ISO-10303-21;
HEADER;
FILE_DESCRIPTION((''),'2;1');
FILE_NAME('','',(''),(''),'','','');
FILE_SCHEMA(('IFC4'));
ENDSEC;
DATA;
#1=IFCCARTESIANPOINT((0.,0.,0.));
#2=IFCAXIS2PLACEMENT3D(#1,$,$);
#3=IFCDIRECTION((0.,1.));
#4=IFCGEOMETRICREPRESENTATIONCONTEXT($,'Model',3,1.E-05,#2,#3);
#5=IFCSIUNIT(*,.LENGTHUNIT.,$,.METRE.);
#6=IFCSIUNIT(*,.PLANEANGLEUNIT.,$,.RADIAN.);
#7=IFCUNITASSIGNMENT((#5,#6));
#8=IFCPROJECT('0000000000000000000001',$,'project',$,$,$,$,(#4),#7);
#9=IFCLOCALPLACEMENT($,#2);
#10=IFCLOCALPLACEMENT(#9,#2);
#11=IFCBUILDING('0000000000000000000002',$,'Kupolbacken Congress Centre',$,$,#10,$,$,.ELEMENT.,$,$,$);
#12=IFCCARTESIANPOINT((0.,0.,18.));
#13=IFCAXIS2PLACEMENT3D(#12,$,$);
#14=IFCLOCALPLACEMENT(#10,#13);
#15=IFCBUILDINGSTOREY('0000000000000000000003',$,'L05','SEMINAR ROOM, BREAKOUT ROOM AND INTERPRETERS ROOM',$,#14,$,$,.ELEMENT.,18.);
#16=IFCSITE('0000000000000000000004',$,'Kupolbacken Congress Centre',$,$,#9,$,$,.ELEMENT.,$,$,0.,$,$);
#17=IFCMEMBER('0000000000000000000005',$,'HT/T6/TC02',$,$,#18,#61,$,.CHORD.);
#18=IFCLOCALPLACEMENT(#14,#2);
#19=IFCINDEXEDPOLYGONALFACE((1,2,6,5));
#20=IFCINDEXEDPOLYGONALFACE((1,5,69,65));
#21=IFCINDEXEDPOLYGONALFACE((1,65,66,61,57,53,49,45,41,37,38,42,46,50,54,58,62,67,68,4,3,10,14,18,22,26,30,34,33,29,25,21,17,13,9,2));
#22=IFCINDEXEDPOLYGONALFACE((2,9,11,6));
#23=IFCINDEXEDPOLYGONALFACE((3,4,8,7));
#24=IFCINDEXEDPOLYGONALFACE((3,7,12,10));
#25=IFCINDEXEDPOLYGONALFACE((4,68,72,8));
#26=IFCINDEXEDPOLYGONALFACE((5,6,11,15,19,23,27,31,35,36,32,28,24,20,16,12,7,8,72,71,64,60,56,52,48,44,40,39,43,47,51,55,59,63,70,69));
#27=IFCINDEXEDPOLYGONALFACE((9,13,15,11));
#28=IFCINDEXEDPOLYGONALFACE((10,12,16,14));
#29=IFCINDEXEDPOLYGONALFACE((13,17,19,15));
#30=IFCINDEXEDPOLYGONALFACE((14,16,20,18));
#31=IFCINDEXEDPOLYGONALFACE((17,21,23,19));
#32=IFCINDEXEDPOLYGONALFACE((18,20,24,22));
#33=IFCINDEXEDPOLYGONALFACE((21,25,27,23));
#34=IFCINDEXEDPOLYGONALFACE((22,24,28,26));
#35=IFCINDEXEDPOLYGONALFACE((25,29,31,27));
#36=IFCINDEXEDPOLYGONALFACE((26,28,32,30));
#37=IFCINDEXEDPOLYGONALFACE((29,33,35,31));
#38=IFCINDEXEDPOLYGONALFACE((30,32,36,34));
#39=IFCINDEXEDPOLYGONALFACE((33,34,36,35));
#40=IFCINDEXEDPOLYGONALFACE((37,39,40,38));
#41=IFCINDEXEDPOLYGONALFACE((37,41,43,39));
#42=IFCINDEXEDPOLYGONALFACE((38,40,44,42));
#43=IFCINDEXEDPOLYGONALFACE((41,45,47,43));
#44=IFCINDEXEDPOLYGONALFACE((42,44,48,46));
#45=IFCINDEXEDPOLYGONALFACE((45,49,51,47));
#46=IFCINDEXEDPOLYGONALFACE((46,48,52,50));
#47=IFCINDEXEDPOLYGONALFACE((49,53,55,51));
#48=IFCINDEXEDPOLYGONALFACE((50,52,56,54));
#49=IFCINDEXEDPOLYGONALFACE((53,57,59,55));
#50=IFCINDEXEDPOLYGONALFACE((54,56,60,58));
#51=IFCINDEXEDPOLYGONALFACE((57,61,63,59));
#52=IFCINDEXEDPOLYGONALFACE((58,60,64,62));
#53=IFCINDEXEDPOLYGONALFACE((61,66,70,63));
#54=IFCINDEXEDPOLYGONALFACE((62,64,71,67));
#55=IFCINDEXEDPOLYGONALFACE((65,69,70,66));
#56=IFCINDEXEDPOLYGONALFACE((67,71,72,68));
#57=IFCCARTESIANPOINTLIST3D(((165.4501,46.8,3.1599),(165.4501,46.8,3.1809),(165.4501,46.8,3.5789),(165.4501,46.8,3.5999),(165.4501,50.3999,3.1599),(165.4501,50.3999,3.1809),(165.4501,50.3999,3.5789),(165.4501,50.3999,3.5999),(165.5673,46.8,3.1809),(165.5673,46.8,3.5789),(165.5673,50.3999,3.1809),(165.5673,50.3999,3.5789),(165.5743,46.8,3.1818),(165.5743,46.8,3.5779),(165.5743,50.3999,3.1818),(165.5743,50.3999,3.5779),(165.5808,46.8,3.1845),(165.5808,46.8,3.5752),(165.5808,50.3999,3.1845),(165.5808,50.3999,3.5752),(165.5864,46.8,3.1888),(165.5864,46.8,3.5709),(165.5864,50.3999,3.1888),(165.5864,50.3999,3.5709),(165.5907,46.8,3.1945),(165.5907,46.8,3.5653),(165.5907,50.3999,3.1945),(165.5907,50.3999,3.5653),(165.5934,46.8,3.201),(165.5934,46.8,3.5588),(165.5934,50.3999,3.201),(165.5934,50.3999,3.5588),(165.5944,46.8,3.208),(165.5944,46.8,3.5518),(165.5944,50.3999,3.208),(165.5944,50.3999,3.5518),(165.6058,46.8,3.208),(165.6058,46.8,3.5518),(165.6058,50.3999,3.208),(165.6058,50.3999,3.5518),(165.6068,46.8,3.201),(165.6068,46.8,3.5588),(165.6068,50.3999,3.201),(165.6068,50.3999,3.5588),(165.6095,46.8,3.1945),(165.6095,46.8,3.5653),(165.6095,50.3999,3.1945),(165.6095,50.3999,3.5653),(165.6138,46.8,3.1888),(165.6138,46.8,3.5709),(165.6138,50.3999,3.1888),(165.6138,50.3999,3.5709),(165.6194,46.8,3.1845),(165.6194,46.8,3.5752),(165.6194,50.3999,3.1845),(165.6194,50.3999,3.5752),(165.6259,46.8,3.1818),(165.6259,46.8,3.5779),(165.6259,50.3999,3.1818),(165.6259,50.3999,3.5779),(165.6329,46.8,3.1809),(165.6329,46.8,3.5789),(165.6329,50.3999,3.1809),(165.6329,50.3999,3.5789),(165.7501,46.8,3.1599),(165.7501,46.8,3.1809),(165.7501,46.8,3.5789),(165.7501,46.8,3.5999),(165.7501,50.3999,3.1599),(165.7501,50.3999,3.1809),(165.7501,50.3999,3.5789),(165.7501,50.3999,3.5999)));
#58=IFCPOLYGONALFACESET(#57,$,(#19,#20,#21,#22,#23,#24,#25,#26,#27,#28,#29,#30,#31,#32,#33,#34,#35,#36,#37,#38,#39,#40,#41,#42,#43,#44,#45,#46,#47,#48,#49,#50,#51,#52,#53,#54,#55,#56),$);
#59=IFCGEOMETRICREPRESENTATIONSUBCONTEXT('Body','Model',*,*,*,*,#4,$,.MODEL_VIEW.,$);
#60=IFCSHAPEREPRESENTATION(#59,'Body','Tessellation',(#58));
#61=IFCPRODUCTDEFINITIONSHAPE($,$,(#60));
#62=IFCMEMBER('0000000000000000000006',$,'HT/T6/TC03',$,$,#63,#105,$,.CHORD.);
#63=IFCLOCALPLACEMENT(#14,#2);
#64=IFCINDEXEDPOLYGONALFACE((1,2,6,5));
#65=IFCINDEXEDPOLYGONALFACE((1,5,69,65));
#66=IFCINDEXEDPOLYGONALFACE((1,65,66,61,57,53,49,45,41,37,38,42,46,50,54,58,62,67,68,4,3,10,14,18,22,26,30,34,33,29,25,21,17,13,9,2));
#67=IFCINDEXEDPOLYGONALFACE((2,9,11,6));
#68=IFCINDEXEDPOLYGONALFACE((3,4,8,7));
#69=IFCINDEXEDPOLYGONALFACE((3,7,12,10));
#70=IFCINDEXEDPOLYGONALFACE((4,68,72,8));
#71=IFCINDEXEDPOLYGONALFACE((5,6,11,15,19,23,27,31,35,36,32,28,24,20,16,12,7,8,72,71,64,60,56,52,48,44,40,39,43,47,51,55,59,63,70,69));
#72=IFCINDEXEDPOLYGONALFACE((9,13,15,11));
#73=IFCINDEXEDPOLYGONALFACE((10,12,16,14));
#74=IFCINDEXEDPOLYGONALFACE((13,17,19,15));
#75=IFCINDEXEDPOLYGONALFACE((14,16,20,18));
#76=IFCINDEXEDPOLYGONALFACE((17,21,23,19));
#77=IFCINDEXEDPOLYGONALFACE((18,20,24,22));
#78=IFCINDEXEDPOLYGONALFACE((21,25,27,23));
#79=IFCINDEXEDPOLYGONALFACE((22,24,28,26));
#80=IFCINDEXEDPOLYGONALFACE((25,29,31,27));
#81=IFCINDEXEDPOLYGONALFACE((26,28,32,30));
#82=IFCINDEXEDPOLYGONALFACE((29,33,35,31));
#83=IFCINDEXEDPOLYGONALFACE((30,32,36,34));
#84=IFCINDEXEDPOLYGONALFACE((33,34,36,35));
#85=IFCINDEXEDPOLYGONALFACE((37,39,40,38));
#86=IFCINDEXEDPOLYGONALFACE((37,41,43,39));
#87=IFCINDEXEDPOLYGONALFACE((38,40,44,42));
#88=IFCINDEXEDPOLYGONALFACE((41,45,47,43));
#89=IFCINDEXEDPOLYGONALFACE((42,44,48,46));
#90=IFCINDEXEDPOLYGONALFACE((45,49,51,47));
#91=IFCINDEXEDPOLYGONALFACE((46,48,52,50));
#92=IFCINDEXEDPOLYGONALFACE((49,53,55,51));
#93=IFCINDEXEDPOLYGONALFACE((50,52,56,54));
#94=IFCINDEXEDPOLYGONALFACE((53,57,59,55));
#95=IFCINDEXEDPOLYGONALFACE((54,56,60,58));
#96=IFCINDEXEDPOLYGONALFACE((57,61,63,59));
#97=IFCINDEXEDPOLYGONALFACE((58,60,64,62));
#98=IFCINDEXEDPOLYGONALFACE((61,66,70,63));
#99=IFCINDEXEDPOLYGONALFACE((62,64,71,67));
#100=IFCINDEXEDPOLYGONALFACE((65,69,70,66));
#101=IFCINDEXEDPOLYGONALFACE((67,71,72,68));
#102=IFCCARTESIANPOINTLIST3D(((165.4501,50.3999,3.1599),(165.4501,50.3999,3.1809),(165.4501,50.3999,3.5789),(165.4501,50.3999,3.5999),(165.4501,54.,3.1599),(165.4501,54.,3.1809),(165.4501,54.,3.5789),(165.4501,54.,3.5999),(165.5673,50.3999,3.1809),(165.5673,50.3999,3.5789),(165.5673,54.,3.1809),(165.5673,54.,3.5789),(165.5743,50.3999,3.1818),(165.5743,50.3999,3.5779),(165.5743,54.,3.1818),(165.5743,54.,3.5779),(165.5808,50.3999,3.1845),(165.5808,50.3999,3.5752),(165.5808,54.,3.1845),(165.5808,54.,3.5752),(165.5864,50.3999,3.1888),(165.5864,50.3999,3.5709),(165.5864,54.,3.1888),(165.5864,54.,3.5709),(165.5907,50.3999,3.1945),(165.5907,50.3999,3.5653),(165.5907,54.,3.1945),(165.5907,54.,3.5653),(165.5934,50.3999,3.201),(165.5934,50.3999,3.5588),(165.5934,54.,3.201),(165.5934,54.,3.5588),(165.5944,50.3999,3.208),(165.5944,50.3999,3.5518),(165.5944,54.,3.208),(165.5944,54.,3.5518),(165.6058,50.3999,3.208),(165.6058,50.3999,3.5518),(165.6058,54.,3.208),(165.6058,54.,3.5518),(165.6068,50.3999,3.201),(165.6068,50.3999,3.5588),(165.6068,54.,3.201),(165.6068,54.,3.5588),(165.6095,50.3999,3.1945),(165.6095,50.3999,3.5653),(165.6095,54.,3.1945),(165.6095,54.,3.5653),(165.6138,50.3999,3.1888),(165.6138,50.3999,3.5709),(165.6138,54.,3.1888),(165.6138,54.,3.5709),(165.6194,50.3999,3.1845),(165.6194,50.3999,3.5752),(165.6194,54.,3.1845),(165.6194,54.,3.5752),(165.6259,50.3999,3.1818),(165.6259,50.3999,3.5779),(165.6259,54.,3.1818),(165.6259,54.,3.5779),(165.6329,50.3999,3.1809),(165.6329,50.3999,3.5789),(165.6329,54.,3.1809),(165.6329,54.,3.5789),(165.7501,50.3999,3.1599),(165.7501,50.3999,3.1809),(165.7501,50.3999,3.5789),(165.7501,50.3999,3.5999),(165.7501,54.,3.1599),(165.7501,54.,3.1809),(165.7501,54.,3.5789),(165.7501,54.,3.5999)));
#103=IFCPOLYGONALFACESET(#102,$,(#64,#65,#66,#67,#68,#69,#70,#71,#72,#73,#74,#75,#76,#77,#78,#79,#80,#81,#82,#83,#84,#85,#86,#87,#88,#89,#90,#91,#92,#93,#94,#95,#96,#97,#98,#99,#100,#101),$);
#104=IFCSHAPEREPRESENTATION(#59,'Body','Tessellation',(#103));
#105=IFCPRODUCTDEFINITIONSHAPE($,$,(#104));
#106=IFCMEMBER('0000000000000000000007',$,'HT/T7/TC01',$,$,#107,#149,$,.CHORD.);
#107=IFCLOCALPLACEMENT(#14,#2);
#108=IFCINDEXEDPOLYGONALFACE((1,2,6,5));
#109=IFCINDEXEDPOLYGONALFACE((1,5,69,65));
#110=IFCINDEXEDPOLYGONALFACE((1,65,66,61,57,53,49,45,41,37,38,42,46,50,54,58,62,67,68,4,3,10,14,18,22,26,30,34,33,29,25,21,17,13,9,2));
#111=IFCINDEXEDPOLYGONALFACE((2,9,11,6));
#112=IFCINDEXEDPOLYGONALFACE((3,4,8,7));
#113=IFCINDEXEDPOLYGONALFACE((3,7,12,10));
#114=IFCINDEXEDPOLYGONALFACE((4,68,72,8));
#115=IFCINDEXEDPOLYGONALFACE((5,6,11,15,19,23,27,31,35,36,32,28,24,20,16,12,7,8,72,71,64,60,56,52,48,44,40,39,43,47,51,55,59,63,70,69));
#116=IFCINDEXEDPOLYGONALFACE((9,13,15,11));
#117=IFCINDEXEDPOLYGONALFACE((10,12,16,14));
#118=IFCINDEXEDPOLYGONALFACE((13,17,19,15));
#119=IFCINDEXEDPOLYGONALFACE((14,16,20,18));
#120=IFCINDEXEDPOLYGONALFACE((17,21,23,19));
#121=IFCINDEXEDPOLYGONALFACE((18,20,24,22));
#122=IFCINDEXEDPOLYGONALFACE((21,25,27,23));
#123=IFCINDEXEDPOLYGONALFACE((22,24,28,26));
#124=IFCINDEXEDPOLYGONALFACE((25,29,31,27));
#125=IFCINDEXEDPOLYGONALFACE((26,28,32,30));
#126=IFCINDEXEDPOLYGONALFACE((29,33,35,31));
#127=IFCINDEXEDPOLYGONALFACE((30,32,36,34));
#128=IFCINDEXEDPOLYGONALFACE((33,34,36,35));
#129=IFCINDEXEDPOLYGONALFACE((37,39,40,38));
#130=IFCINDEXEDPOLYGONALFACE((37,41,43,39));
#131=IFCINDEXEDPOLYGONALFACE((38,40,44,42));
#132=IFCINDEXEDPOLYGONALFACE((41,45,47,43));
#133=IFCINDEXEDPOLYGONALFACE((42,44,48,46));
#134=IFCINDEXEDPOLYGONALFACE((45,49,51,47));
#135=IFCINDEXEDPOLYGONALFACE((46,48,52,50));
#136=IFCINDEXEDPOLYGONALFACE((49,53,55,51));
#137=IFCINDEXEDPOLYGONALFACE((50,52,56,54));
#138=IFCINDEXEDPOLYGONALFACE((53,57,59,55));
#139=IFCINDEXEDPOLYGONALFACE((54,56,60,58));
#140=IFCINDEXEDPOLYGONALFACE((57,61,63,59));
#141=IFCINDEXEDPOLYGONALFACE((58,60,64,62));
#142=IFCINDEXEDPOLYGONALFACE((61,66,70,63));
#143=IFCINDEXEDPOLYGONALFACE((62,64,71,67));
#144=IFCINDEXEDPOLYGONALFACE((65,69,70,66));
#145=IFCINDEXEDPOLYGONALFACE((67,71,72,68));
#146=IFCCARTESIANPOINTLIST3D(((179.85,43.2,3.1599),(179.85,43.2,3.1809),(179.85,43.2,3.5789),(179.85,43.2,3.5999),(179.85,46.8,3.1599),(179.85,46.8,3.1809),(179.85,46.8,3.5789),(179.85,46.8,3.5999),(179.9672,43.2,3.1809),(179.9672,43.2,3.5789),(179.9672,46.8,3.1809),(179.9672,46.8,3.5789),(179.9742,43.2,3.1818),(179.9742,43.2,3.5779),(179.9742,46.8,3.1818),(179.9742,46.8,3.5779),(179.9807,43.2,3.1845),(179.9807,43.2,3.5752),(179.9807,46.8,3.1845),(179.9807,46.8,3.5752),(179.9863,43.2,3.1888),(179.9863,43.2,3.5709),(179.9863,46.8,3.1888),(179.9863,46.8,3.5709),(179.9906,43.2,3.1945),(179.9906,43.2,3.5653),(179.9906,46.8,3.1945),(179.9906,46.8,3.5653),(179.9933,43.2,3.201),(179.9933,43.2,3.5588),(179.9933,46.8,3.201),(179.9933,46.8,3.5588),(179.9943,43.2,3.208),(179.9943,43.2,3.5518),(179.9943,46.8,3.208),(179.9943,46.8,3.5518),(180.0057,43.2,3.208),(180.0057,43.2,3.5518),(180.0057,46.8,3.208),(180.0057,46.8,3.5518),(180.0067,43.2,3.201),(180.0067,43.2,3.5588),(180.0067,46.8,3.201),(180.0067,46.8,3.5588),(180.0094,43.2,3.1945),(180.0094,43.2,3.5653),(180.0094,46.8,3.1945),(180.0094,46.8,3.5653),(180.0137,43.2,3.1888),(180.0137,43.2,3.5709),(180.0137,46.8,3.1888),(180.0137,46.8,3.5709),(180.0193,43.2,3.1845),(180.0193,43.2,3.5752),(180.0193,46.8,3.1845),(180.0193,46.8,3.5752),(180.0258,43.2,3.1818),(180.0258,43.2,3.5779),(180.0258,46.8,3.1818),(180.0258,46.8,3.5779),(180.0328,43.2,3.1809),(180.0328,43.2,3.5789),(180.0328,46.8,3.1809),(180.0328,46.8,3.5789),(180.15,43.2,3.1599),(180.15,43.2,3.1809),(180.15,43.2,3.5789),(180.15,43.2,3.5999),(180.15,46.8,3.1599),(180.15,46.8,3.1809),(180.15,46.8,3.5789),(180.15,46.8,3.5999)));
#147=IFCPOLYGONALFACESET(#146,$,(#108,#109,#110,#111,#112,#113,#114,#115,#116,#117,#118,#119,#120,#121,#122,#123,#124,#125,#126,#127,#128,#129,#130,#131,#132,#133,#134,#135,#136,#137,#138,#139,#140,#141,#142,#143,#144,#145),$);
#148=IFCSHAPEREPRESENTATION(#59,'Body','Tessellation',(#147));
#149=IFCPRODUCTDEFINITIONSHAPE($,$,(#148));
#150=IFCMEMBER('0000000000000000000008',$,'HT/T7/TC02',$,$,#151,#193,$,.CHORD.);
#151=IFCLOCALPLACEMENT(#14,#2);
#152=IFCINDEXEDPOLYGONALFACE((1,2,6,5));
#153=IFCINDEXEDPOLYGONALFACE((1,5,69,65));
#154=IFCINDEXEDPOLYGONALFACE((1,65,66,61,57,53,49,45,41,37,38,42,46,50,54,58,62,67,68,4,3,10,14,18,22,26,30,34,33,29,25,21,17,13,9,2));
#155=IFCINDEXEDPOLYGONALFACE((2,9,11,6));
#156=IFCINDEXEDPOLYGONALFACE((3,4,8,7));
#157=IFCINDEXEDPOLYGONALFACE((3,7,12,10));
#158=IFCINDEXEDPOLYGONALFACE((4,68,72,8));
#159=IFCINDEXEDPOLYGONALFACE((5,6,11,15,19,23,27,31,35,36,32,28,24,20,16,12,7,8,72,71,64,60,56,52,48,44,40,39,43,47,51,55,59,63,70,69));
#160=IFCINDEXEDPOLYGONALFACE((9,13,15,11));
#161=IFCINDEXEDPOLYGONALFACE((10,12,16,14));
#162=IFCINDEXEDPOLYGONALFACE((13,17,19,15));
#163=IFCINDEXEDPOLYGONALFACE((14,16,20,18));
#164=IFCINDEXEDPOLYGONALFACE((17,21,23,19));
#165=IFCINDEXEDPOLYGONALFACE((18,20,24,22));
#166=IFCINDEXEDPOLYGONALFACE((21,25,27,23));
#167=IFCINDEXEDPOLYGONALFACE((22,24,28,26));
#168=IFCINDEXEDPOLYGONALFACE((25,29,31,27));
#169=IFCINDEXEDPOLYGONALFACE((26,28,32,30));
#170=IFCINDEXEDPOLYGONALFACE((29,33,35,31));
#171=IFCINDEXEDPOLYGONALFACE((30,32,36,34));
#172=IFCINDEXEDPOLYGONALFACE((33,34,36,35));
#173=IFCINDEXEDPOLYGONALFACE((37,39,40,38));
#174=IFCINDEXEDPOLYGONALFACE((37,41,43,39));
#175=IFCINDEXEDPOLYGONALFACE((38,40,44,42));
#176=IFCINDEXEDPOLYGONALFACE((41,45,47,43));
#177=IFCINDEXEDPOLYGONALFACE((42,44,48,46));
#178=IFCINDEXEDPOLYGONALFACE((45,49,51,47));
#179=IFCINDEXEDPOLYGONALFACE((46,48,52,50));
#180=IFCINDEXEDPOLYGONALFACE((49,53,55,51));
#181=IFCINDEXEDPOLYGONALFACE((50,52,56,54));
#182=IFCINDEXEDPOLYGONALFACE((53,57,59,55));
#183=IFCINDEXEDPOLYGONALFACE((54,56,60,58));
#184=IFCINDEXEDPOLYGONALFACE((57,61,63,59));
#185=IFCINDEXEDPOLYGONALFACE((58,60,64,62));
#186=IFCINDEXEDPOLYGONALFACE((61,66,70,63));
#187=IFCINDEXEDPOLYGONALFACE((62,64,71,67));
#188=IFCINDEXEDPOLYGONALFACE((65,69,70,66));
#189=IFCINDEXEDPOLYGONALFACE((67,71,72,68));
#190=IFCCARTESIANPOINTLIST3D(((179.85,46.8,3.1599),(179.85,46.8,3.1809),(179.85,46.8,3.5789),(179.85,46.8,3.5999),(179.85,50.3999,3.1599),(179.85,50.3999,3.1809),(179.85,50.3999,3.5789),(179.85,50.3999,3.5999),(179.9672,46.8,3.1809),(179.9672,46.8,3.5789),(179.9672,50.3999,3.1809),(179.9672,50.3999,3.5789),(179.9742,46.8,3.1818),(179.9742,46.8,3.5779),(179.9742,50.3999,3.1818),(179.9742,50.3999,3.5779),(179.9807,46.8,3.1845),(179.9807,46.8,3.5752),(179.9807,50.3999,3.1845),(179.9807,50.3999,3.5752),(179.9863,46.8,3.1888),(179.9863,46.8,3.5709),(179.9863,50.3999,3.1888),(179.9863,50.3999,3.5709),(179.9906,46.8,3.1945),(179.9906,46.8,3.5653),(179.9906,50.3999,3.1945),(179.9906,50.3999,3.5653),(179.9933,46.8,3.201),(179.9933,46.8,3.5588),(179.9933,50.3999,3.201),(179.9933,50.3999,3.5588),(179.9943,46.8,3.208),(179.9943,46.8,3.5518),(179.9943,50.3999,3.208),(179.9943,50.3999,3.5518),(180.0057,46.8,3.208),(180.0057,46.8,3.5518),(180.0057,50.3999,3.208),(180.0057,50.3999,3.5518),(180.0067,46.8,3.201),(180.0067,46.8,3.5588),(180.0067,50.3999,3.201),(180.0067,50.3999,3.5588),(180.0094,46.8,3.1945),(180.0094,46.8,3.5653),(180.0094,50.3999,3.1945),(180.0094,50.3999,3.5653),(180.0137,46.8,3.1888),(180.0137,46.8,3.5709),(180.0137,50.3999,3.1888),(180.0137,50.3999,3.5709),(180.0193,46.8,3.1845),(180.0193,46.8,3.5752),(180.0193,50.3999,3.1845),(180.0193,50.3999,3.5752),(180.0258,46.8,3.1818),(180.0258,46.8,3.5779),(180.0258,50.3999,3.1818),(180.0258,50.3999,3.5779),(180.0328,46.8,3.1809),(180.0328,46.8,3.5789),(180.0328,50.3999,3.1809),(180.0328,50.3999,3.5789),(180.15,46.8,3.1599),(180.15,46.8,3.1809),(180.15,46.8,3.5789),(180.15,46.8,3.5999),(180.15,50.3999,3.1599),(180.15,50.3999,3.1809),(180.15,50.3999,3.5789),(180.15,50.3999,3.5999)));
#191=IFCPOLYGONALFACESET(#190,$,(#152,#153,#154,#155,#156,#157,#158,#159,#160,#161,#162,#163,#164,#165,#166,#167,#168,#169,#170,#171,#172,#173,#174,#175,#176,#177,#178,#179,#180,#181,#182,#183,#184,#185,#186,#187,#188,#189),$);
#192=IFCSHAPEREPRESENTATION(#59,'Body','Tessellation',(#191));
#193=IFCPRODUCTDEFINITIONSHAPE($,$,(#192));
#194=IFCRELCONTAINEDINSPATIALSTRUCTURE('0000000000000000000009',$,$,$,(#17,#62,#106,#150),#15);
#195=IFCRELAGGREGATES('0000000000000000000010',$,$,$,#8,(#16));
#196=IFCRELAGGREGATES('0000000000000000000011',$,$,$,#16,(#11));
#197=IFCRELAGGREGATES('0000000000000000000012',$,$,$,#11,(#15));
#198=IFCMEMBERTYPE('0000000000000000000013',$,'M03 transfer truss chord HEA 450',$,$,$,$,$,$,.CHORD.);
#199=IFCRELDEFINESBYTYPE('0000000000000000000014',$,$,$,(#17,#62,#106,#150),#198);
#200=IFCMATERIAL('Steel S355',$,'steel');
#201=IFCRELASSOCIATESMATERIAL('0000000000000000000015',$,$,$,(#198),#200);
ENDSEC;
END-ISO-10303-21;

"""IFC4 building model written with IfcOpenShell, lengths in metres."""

from ifc_helpers import new_model, si_unit, direction, frame, origin, origin_2d, place, context, subcontext, project, spatial, i_section, extrude, material, material_profile, profile_set, type_object, element, save


model = new_model("IFC4")

# Units and contexts
model_context = context("Model", 3, precision=1e-05, world=origin(), true_north=direction((0.0, 1.0)))
body_context = subcontext(model_context, "Body", "Model", "MODEL_VIEW")
ifc_project = project(units=[si_unit("LENGTHUNIT", "METRE"), si_unit("PLANEANGLEUNIT", "RADIAN")], contexts=[model_context])

# Site, building, storey
site_placement = place(None, origin())
site = spatial("IfcSite", under=ifc_project, at=site_placement, Name="Kupolbacken Congress Centre", CompositionType="ELEMENT", RefElevation=0.0)
building_placement = place(site_placement, origin())
building = spatial("IfcBuilding", under=site, at=building_placement, Name="Kupolbacken Congress Centre", CompositionType="ELEMENT")
storey_placement = place(building_placement, frame((0.0, 0.0, 18.0)))
storey = spatial("IfcBuildingStorey", under=building, at=storey_placement, Name="L05", Description="SEMINAR ROOM, BREAKOUT ROOM AND INTERPRETERS ROOM", CompositionType="ELEMENT", Elevation=18.0)

# Members
ifc_material_1 = material(Name="Steel S355", Category="steel")
ifc_material_profile_1 = material_profile(ifc_material_1, i_section(OverallWidth=0.3, OverallDepth=0.4399, WebThickness=0.0115, FlangeThickness=0.021, FilletRadius=0.0271, at=origin_2d()), Name="HEA 450")
ifc_profile_set_1 = profile_set([ifc_material_profile_1], Name="Steel S355")
member_type_1 = type_object("IfcMemberType", Name="M03 transfer truss chord HEA 450", PredefinedType="CHORD", material=ifc_profile_set_1)
member_1_placement = place(storey_placement, frame((165.6001, 46.8, 3.3799), z_axis=(0.0, 1.0, 0.0), x_axis=(-1.0, 0.0, 0.0)))
element("IfcMember", 1, at=member_1_placement, inside=storey, type_object=member_type_1, Name="HT/T6/TC02", PredefinedType="CHORD", context=body_context, shape_type="SweptSolid", body=[
    extrude(i_section(OverallWidth=0.3, OverallDepth=0.4399, WebThickness=0.0115, FlangeThickness=0.021, FilletRadius=0.0271, at=origin_2d()), origin(), (0.0, 0.0, 1.0), 3.5999),
])
for number, where, z_axis, x_axis, name in (
    (2, (165.6001, 50.3999, 3.3799), (0.0, 1.0, 0.0), (-1.0, 0.0, 0.0), "HT/T6/TC03"),
    (3, (180.0, 43.2, 3.3799), (0.0, 1.0, 0.0), (-1.0, 0.0, 0.0), "HT/T7/TC01"),
):
    element("IfcMember", number, at=place(storey_placement, frame(where, z_axis=z_axis, x_axis=x_axis)), inside=storey, type_object=member_type_1, Name=name, PredefinedType="CHORD", context=body_context, shape_type="SweptSolid", body=[
        extrude(i_section(OverallWidth=0.3, OverallDepth=0.4399, WebThickness=0.0115, FlangeThickness=0.021, FilletRadius=0.0271, at=origin_2d()), origin(), (0.0, 0.0, 1.0), 3.6001),
    ])
member_2_placement = place(storey_placement, frame((180.0, 46.8, 3.3799), z_axis=(0.0, 1.0, 0.0), x_axis=(-1.0, 0.0, 0.0)))
element("IfcMember", 4, at=member_2_placement, inside=storey, type_object=member_type_1, Name="HT/T7/TC02", PredefinedType="CHORD", context=body_context, shape_type="SweptSolid", body=[
    extrude(i_section(OverallWidth=0.3, OverallDepth=0.4399, WebThickness=0.0115, FlangeThickness=0.021, FilletRadius=0.0271, at=origin_2d()), origin(), (0.0, 0.0, 1.0), 3.5999),
])

save(model, "model.ifc")
